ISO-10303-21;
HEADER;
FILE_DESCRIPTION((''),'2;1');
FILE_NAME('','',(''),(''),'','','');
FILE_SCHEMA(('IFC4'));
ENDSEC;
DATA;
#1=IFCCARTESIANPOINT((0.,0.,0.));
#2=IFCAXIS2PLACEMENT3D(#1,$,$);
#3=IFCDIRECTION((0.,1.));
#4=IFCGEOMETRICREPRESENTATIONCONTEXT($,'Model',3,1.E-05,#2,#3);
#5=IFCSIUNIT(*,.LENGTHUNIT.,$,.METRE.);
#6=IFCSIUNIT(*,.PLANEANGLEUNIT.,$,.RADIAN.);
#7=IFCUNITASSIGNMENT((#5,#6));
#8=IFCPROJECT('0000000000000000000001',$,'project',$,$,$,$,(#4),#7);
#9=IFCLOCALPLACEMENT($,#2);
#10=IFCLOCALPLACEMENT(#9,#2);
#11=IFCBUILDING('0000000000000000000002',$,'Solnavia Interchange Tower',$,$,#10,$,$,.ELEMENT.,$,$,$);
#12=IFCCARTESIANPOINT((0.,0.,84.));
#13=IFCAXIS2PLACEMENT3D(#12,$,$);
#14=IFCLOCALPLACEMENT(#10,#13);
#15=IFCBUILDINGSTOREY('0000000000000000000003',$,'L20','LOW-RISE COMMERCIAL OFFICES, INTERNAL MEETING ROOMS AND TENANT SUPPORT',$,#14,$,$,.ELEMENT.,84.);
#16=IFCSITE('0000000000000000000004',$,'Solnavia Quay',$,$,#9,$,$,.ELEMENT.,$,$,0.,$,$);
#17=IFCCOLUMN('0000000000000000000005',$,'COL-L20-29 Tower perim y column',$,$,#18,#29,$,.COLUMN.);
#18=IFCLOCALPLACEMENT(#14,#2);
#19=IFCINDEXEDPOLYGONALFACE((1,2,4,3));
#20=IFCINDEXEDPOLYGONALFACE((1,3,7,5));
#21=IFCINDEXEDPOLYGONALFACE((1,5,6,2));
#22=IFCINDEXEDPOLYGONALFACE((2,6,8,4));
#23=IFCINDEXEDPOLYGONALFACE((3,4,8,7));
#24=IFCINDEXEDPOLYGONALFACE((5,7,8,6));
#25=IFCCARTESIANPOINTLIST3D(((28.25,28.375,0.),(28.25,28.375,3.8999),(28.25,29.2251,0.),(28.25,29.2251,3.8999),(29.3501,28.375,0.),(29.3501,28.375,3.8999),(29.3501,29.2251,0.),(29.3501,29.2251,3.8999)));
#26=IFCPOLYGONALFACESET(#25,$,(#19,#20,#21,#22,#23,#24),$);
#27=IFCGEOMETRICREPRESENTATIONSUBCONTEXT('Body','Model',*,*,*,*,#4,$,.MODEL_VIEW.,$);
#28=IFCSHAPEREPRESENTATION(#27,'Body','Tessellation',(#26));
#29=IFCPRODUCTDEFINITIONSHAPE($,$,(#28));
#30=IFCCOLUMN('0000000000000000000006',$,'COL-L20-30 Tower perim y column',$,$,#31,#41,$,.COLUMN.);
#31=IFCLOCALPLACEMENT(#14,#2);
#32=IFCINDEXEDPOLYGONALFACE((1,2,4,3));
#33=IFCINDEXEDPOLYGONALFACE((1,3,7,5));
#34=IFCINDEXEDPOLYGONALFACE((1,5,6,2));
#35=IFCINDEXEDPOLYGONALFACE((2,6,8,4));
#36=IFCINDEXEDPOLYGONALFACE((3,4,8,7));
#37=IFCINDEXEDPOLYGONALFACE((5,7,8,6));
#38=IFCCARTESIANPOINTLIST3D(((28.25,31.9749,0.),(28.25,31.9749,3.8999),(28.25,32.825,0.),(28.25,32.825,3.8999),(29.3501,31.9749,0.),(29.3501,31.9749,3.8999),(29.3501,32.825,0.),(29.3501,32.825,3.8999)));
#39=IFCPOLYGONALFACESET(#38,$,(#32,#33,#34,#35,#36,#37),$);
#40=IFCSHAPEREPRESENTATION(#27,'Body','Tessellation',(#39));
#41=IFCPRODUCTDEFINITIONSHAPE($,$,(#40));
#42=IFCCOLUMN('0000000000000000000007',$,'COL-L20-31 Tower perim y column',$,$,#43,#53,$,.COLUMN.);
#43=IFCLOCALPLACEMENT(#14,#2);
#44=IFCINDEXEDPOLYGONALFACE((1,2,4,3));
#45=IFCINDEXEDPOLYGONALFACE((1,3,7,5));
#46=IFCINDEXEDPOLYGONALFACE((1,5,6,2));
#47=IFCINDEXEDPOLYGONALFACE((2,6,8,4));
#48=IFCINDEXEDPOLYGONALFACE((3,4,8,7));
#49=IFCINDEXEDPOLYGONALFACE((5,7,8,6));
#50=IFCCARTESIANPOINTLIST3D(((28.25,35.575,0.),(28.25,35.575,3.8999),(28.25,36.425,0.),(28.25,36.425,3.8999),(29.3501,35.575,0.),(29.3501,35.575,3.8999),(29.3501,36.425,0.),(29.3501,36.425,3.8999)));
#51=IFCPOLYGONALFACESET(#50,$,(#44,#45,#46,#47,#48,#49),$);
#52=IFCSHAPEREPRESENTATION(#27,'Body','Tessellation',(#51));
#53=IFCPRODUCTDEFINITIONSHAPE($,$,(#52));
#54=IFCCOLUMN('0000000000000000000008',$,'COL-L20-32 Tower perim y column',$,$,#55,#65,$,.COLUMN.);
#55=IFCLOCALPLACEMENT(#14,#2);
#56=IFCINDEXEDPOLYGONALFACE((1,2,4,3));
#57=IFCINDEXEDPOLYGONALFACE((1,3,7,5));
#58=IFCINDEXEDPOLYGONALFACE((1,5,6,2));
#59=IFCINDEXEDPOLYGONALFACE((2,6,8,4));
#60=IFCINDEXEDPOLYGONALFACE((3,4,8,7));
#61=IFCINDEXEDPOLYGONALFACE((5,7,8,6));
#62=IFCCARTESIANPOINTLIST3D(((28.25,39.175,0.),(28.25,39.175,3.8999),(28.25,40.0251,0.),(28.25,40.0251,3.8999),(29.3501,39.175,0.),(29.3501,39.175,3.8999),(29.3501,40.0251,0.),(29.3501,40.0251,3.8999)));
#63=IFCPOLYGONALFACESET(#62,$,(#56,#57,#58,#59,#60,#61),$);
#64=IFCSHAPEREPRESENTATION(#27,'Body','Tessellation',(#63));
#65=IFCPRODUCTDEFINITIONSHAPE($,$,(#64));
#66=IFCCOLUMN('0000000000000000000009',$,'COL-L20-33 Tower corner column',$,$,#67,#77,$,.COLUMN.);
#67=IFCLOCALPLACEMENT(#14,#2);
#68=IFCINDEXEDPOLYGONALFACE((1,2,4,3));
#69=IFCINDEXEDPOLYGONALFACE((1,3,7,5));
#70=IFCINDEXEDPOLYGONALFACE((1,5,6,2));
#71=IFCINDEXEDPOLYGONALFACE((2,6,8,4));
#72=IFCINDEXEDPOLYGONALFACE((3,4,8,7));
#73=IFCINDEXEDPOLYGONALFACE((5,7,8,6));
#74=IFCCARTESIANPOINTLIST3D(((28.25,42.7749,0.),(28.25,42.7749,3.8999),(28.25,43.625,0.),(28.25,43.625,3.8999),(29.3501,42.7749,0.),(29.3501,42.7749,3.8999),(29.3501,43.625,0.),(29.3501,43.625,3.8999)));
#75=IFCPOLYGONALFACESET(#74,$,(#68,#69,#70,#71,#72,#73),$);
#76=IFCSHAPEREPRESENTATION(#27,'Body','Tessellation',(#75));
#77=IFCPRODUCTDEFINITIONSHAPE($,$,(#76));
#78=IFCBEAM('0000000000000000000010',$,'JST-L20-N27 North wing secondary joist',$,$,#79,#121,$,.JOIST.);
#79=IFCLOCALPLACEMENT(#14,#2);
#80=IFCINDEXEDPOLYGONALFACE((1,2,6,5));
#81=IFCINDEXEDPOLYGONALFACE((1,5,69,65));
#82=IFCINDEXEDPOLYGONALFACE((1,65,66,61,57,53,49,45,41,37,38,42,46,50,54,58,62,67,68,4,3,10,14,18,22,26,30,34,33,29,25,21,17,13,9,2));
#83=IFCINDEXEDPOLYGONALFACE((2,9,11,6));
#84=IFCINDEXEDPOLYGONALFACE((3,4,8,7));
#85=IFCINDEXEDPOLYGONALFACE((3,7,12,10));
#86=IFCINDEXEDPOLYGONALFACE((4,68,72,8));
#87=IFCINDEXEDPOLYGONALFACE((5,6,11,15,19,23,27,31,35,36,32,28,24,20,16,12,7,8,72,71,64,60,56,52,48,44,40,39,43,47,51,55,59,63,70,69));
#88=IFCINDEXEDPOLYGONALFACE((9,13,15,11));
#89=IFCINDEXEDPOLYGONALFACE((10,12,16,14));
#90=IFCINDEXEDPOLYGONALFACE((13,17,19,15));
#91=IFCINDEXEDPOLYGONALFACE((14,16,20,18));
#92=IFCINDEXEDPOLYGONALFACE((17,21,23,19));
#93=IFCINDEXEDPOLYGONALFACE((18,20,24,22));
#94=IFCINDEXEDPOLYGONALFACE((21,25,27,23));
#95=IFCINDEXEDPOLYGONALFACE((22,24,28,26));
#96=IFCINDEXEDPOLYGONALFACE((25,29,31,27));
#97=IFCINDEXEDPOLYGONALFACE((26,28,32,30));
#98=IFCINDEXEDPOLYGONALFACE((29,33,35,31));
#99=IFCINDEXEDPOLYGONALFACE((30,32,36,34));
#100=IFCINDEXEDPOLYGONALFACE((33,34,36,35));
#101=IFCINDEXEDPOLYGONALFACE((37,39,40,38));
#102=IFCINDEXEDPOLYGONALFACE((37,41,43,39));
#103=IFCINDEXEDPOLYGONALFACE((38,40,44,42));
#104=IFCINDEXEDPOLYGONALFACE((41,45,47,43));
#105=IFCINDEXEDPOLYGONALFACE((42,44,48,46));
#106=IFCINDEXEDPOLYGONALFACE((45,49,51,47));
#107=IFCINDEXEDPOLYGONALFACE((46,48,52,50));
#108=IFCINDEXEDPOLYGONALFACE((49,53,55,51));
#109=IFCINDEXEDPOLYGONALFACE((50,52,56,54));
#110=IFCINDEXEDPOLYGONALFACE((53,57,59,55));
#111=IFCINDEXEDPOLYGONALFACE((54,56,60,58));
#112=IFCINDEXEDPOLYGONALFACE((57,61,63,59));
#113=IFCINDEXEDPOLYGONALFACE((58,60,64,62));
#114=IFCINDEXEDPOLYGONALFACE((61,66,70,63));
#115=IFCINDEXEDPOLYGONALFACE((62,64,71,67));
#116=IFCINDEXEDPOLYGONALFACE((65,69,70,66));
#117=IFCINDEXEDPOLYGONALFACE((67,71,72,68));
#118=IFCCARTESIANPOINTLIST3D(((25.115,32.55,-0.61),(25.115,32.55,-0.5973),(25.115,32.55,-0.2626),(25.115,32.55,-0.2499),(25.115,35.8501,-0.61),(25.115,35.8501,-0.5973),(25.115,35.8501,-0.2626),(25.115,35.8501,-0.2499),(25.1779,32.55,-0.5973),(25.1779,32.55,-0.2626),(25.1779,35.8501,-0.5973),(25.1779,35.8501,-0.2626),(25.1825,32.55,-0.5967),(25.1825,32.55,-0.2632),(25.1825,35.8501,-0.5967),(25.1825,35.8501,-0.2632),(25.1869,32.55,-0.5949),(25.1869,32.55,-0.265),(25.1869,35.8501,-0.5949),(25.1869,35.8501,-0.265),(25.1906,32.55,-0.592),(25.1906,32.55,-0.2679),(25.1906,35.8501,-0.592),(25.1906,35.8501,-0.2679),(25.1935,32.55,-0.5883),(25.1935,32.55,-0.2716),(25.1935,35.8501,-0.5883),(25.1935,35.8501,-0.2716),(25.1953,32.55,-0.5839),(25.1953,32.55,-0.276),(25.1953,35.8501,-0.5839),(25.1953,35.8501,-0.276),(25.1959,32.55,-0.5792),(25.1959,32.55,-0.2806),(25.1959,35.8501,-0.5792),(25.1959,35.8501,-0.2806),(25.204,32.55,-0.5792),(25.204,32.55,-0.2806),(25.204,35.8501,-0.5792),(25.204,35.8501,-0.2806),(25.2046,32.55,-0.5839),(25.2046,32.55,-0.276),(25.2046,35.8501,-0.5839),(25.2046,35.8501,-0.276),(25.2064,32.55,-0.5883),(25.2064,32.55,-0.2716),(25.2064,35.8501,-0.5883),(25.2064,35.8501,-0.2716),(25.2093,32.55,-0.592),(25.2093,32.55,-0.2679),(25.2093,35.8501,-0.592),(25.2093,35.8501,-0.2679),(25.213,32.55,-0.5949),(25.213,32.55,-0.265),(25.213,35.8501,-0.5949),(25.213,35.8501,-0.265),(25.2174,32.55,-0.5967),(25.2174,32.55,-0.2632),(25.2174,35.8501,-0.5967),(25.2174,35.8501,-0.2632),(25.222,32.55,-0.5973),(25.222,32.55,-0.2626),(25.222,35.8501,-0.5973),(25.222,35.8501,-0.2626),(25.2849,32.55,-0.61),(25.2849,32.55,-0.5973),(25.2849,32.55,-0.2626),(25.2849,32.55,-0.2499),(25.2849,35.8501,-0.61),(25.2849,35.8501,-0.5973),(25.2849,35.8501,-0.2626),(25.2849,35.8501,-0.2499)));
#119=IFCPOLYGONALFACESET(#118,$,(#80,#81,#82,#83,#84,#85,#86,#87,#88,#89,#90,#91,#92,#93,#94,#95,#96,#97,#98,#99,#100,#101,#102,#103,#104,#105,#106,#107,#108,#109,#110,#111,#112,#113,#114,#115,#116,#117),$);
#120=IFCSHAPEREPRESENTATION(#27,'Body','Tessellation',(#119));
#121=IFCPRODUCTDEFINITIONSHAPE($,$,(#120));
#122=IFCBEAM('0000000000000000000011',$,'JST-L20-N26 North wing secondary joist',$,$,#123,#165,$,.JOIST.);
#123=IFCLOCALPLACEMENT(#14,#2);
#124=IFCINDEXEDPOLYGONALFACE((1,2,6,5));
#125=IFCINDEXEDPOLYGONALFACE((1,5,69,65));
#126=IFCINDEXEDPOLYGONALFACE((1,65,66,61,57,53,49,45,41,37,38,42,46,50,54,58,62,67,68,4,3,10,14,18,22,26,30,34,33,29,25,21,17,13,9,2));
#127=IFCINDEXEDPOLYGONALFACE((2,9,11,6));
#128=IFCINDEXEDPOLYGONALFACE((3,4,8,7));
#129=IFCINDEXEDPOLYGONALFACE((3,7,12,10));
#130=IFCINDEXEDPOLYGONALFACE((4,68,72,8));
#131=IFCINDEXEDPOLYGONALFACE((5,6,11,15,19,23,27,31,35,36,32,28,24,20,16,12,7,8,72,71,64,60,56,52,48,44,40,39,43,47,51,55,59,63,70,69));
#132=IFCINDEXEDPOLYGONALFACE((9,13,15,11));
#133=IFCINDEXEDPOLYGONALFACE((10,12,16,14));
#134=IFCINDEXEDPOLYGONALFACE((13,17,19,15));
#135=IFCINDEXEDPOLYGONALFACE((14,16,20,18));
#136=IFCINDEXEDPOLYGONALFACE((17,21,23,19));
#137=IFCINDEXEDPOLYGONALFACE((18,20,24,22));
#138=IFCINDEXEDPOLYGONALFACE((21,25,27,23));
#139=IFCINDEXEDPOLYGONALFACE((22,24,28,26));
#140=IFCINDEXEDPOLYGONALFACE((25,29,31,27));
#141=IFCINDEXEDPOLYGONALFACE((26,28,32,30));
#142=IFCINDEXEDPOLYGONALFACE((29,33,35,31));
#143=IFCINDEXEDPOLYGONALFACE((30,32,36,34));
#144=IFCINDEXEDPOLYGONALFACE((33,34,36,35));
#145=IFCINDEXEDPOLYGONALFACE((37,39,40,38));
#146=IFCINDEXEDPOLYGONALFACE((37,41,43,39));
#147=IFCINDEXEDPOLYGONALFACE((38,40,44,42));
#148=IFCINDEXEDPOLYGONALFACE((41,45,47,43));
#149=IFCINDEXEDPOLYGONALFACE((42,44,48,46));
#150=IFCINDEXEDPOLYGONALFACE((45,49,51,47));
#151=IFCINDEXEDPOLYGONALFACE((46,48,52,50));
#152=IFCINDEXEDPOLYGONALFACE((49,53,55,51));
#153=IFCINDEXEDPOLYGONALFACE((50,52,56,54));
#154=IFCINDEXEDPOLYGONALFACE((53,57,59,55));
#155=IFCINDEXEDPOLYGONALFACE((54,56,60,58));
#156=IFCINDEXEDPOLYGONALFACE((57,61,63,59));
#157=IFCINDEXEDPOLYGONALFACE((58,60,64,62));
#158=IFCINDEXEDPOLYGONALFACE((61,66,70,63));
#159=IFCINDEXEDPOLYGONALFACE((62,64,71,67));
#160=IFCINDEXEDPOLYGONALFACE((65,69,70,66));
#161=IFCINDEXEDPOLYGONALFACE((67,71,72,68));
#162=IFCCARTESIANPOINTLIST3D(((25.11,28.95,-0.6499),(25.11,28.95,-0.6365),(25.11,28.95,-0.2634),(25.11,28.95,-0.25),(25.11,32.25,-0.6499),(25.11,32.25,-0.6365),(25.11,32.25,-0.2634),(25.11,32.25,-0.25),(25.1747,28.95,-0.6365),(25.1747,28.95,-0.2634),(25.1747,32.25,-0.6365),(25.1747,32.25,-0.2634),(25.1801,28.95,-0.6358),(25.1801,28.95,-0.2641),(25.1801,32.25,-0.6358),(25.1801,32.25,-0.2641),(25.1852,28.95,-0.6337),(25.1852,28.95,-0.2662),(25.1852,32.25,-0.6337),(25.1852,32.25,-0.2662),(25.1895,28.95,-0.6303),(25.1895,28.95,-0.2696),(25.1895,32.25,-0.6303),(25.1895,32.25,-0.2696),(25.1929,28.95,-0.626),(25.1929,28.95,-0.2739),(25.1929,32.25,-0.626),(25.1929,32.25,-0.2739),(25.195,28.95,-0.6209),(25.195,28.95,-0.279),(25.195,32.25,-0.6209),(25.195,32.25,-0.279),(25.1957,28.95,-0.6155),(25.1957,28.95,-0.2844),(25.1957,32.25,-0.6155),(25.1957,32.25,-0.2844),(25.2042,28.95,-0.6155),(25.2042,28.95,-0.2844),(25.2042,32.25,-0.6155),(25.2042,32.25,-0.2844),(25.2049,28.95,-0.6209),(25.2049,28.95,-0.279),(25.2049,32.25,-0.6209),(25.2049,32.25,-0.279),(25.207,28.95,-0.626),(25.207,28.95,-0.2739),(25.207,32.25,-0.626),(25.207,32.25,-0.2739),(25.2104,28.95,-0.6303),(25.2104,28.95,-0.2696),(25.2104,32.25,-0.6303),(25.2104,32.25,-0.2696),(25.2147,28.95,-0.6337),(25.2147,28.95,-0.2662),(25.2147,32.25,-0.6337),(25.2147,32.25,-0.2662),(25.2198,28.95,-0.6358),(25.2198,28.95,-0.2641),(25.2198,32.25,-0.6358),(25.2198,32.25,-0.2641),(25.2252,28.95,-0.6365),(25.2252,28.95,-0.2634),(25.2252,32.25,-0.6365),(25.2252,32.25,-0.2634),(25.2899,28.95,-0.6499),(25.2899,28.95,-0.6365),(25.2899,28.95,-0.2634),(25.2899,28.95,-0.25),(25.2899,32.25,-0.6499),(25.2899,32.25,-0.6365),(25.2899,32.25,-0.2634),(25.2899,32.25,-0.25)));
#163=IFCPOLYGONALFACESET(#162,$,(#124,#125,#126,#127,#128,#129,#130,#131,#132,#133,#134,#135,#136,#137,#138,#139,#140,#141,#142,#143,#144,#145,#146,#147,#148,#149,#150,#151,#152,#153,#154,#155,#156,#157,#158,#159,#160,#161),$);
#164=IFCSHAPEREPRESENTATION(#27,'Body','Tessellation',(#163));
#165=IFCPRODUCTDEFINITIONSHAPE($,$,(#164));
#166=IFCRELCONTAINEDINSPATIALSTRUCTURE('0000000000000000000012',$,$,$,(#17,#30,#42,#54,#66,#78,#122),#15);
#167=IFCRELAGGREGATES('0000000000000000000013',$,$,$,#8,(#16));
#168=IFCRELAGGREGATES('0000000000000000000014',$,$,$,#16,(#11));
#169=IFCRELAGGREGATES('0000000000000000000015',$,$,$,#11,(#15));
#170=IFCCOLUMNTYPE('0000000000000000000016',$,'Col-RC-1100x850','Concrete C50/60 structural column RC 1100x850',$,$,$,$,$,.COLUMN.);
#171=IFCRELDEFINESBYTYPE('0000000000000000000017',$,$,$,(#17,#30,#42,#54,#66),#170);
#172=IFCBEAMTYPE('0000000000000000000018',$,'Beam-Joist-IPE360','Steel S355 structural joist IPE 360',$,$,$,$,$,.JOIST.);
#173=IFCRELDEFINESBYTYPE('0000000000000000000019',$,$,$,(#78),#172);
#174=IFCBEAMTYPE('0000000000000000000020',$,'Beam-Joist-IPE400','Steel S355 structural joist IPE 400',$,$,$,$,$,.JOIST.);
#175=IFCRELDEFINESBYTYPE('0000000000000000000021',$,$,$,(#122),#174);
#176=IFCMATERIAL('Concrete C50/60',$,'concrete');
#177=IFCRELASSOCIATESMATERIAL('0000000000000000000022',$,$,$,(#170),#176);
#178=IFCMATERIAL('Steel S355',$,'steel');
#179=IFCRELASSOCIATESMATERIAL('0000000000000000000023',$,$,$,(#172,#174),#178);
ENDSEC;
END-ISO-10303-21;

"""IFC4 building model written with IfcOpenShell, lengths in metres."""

from ifc_helpers import new_model, si_unit, direction, frame, origin, origin_2d, place, context, subcontext, project, spatial, rectangle, i_section, extrude, material, material_profile, profile_set, type_object, element, save


model = new_model("IFC4")

# Units and contexts
model_context = context("Model", 3, precision=1e-05, world=origin(), true_north=direction((0.0, 1.0)))
body_context = subcontext(model_context, "Body", "Model", "MODEL_VIEW")
ifc_project = project(units=[si_unit("LENGTHUNIT", "METRE"), si_unit("PLANEANGLEUNIT", "RADIAN")], contexts=[model_context])

# Site, building, storey
site_placement = place(None, origin())
site = spatial("IfcSite", under=ifc_project, at=site_placement, Name="Solnavia Quay", CompositionType="ELEMENT", RefElevation=0.0)
building_placement = place(site_placement, origin())
building = spatial("IfcBuilding", under=site, at=building_placement, Name="Solnavia Interchange Tower", CompositionType="ELEMENT")
storey_placement = place(building_placement, frame((0.0, 0.0, 84.0)))
storey = spatial("IfcBuildingStorey", under=building, at=storey_placement, Name="L20", Description="LOW-RISE COMMERCIAL OFFICES, INTERNAL MEETING ROOMS AND TENANT SUPPORT", CompositionType="ELEMENT", Elevation=84.0)

# Columns
ifc_material_1 = material(Name="Concrete C50/60", Category="concrete")
ifc_material_profile_1 = material_profile(ifc_material_1, rectangle(XDim=0.8501, YDim=1.1001, at=origin_2d()), Name="RC 1100x850")
ifc_profile_set_1 = profile_set([ifc_material_profile_1], Name="Concrete C50/60")
column_type = type_object("IfcColumnType", Name="Col-RC-1100x850", Description="Concrete C50/60 structural column RC 1100x850", PredefinedType="COLUMN", material=ifc_profile_set_1)
for number, where, z_axis, x_axis, name in (
    (1, (28.8, 28.8, 0.0), (0.0, 0.0, 1.0), (0.0, 1.0, 0.0), "COL-L20-29 Tower perim y column"),
    (2, (28.8, 32.3999, 0.0), (0.0, 0.0, 1.0), (0.0, 1.0, 0.0), "COL-L20-30 Tower perim y column"),
    (3, (28.8, 36.0, 0.0), (0.0, 0.0, 1.0), (0.0, 1.0, 0.0), "COL-L20-31 Tower perim y column"),
    (4, (28.8, 39.6001, 0.0), (0.0, 0.0, 1.0), (0.0, 1.0, 0.0), "COL-L20-32 Tower perim y column"),
    (5, (28.8, 43.2, 0.0), (0.0, 0.0, 1.0), (0.0, 1.0, 0.0), "COL-L20-33 Tower corner column"),
):
    element("IfcColumn", number, at=place(storey_placement, frame(where, z_axis=z_axis, x_axis=x_axis)), inside=storey, type_object=column_type, Name=name, PredefinedType="COLUMN", context=body_context, shape_type="SweptSolid", body=[
        extrude(rectangle(XDim=0.8501, YDim=1.1001, at=origin_2d()), origin(), (0.0, 0.0, 1.0), 3.8999),
    ])

# Beams
ifc_material_2 = material(Name="Steel S355", Category="steel")
ifc_material_profile_2 = material_profile(ifc_material_2, i_section(OverallWidth=0.1699, OverallDepth=0.3601, WebThickness=0.0081, FlangeThickness=0.0127, FilletRadius=0.0181, at=origin_2d()), Name="IPE 360")
ifc_profile_set_2 = profile_set([ifc_material_profile_2], Name="Steel S355")
beam_type_1 = type_object("IfcBeamType", Name="Beam-Joist-IPE360", Description="Steel S355 structural joist IPE 360", PredefinedType="JOIST", material=ifc_profile_set_2)
beam_1_placement = place(storey_placement, frame((25.2, 32.55, -0.4299), z_axis=(0.0, 1.0, 0.0), x_axis=(-1.0, 0.0, 0.0)))
element("IfcBeam", 6, at=beam_1_placement, inside=storey, type_object=beam_type_1, Name="JST-L20-N27 North wing secondary joist", PredefinedType="JOIST", context=body_context, shape_type="SweptSolid", body=[
    extrude(i_section(OverallWidth=0.1699, OverallDepth=0.3601, WebThickness=0.0081, FlangeThickness=0.0127, FilletRadius=0.0181, at=origin_2d()), origin(), (0.0, 0.0, 1.0), 3.3),
])
ifc_material_profile_3 = material_profile(ifc_material_2, i_section(OverallWidth=0.1799, OverallDepth=0.3999, WebThickness=0.0085, FlangeThickness=0.0134, FilletRadius=0.021, at=origin_2d()), Name="IPE 400")
ifc_profile_set_3 = profile_set([ifc_material_profile_3], Name="Steel S355")
beam_type_2 = type_object("IfcBeamType", Name="Beam-Joist-IPE400", Description="Steel S355 structural joist IPE 400", PredefinedType="JOIST", material=ifc_profile_set_3)
beam_2_placement = place(storey_placement, frame((25.2, 28.95, -0.45), z_axis=(0.0, 1.0, 0.0), x_axis=(-1.0, 0.0, 0.0)))
element("IfcBeam", 7, at=beam_2_placement, inside=storey, type_object=beam_type_2, Name="JST-L20-N26 North wing secondary joist", PredefinedType="JOIST", context=body_context, shape_type="SweptSolid", body=[
    extrude(i_section(OverallWidth=0.1799, OverallDepth=0.3999, WebThickness=0.0085, FlangeThickness=0.0134, FilletRadius=0.021, at=origin_2d()), origin(), (0.0, 0.0, 1.0), 3.3),
])

save(model, "model.ifc")
